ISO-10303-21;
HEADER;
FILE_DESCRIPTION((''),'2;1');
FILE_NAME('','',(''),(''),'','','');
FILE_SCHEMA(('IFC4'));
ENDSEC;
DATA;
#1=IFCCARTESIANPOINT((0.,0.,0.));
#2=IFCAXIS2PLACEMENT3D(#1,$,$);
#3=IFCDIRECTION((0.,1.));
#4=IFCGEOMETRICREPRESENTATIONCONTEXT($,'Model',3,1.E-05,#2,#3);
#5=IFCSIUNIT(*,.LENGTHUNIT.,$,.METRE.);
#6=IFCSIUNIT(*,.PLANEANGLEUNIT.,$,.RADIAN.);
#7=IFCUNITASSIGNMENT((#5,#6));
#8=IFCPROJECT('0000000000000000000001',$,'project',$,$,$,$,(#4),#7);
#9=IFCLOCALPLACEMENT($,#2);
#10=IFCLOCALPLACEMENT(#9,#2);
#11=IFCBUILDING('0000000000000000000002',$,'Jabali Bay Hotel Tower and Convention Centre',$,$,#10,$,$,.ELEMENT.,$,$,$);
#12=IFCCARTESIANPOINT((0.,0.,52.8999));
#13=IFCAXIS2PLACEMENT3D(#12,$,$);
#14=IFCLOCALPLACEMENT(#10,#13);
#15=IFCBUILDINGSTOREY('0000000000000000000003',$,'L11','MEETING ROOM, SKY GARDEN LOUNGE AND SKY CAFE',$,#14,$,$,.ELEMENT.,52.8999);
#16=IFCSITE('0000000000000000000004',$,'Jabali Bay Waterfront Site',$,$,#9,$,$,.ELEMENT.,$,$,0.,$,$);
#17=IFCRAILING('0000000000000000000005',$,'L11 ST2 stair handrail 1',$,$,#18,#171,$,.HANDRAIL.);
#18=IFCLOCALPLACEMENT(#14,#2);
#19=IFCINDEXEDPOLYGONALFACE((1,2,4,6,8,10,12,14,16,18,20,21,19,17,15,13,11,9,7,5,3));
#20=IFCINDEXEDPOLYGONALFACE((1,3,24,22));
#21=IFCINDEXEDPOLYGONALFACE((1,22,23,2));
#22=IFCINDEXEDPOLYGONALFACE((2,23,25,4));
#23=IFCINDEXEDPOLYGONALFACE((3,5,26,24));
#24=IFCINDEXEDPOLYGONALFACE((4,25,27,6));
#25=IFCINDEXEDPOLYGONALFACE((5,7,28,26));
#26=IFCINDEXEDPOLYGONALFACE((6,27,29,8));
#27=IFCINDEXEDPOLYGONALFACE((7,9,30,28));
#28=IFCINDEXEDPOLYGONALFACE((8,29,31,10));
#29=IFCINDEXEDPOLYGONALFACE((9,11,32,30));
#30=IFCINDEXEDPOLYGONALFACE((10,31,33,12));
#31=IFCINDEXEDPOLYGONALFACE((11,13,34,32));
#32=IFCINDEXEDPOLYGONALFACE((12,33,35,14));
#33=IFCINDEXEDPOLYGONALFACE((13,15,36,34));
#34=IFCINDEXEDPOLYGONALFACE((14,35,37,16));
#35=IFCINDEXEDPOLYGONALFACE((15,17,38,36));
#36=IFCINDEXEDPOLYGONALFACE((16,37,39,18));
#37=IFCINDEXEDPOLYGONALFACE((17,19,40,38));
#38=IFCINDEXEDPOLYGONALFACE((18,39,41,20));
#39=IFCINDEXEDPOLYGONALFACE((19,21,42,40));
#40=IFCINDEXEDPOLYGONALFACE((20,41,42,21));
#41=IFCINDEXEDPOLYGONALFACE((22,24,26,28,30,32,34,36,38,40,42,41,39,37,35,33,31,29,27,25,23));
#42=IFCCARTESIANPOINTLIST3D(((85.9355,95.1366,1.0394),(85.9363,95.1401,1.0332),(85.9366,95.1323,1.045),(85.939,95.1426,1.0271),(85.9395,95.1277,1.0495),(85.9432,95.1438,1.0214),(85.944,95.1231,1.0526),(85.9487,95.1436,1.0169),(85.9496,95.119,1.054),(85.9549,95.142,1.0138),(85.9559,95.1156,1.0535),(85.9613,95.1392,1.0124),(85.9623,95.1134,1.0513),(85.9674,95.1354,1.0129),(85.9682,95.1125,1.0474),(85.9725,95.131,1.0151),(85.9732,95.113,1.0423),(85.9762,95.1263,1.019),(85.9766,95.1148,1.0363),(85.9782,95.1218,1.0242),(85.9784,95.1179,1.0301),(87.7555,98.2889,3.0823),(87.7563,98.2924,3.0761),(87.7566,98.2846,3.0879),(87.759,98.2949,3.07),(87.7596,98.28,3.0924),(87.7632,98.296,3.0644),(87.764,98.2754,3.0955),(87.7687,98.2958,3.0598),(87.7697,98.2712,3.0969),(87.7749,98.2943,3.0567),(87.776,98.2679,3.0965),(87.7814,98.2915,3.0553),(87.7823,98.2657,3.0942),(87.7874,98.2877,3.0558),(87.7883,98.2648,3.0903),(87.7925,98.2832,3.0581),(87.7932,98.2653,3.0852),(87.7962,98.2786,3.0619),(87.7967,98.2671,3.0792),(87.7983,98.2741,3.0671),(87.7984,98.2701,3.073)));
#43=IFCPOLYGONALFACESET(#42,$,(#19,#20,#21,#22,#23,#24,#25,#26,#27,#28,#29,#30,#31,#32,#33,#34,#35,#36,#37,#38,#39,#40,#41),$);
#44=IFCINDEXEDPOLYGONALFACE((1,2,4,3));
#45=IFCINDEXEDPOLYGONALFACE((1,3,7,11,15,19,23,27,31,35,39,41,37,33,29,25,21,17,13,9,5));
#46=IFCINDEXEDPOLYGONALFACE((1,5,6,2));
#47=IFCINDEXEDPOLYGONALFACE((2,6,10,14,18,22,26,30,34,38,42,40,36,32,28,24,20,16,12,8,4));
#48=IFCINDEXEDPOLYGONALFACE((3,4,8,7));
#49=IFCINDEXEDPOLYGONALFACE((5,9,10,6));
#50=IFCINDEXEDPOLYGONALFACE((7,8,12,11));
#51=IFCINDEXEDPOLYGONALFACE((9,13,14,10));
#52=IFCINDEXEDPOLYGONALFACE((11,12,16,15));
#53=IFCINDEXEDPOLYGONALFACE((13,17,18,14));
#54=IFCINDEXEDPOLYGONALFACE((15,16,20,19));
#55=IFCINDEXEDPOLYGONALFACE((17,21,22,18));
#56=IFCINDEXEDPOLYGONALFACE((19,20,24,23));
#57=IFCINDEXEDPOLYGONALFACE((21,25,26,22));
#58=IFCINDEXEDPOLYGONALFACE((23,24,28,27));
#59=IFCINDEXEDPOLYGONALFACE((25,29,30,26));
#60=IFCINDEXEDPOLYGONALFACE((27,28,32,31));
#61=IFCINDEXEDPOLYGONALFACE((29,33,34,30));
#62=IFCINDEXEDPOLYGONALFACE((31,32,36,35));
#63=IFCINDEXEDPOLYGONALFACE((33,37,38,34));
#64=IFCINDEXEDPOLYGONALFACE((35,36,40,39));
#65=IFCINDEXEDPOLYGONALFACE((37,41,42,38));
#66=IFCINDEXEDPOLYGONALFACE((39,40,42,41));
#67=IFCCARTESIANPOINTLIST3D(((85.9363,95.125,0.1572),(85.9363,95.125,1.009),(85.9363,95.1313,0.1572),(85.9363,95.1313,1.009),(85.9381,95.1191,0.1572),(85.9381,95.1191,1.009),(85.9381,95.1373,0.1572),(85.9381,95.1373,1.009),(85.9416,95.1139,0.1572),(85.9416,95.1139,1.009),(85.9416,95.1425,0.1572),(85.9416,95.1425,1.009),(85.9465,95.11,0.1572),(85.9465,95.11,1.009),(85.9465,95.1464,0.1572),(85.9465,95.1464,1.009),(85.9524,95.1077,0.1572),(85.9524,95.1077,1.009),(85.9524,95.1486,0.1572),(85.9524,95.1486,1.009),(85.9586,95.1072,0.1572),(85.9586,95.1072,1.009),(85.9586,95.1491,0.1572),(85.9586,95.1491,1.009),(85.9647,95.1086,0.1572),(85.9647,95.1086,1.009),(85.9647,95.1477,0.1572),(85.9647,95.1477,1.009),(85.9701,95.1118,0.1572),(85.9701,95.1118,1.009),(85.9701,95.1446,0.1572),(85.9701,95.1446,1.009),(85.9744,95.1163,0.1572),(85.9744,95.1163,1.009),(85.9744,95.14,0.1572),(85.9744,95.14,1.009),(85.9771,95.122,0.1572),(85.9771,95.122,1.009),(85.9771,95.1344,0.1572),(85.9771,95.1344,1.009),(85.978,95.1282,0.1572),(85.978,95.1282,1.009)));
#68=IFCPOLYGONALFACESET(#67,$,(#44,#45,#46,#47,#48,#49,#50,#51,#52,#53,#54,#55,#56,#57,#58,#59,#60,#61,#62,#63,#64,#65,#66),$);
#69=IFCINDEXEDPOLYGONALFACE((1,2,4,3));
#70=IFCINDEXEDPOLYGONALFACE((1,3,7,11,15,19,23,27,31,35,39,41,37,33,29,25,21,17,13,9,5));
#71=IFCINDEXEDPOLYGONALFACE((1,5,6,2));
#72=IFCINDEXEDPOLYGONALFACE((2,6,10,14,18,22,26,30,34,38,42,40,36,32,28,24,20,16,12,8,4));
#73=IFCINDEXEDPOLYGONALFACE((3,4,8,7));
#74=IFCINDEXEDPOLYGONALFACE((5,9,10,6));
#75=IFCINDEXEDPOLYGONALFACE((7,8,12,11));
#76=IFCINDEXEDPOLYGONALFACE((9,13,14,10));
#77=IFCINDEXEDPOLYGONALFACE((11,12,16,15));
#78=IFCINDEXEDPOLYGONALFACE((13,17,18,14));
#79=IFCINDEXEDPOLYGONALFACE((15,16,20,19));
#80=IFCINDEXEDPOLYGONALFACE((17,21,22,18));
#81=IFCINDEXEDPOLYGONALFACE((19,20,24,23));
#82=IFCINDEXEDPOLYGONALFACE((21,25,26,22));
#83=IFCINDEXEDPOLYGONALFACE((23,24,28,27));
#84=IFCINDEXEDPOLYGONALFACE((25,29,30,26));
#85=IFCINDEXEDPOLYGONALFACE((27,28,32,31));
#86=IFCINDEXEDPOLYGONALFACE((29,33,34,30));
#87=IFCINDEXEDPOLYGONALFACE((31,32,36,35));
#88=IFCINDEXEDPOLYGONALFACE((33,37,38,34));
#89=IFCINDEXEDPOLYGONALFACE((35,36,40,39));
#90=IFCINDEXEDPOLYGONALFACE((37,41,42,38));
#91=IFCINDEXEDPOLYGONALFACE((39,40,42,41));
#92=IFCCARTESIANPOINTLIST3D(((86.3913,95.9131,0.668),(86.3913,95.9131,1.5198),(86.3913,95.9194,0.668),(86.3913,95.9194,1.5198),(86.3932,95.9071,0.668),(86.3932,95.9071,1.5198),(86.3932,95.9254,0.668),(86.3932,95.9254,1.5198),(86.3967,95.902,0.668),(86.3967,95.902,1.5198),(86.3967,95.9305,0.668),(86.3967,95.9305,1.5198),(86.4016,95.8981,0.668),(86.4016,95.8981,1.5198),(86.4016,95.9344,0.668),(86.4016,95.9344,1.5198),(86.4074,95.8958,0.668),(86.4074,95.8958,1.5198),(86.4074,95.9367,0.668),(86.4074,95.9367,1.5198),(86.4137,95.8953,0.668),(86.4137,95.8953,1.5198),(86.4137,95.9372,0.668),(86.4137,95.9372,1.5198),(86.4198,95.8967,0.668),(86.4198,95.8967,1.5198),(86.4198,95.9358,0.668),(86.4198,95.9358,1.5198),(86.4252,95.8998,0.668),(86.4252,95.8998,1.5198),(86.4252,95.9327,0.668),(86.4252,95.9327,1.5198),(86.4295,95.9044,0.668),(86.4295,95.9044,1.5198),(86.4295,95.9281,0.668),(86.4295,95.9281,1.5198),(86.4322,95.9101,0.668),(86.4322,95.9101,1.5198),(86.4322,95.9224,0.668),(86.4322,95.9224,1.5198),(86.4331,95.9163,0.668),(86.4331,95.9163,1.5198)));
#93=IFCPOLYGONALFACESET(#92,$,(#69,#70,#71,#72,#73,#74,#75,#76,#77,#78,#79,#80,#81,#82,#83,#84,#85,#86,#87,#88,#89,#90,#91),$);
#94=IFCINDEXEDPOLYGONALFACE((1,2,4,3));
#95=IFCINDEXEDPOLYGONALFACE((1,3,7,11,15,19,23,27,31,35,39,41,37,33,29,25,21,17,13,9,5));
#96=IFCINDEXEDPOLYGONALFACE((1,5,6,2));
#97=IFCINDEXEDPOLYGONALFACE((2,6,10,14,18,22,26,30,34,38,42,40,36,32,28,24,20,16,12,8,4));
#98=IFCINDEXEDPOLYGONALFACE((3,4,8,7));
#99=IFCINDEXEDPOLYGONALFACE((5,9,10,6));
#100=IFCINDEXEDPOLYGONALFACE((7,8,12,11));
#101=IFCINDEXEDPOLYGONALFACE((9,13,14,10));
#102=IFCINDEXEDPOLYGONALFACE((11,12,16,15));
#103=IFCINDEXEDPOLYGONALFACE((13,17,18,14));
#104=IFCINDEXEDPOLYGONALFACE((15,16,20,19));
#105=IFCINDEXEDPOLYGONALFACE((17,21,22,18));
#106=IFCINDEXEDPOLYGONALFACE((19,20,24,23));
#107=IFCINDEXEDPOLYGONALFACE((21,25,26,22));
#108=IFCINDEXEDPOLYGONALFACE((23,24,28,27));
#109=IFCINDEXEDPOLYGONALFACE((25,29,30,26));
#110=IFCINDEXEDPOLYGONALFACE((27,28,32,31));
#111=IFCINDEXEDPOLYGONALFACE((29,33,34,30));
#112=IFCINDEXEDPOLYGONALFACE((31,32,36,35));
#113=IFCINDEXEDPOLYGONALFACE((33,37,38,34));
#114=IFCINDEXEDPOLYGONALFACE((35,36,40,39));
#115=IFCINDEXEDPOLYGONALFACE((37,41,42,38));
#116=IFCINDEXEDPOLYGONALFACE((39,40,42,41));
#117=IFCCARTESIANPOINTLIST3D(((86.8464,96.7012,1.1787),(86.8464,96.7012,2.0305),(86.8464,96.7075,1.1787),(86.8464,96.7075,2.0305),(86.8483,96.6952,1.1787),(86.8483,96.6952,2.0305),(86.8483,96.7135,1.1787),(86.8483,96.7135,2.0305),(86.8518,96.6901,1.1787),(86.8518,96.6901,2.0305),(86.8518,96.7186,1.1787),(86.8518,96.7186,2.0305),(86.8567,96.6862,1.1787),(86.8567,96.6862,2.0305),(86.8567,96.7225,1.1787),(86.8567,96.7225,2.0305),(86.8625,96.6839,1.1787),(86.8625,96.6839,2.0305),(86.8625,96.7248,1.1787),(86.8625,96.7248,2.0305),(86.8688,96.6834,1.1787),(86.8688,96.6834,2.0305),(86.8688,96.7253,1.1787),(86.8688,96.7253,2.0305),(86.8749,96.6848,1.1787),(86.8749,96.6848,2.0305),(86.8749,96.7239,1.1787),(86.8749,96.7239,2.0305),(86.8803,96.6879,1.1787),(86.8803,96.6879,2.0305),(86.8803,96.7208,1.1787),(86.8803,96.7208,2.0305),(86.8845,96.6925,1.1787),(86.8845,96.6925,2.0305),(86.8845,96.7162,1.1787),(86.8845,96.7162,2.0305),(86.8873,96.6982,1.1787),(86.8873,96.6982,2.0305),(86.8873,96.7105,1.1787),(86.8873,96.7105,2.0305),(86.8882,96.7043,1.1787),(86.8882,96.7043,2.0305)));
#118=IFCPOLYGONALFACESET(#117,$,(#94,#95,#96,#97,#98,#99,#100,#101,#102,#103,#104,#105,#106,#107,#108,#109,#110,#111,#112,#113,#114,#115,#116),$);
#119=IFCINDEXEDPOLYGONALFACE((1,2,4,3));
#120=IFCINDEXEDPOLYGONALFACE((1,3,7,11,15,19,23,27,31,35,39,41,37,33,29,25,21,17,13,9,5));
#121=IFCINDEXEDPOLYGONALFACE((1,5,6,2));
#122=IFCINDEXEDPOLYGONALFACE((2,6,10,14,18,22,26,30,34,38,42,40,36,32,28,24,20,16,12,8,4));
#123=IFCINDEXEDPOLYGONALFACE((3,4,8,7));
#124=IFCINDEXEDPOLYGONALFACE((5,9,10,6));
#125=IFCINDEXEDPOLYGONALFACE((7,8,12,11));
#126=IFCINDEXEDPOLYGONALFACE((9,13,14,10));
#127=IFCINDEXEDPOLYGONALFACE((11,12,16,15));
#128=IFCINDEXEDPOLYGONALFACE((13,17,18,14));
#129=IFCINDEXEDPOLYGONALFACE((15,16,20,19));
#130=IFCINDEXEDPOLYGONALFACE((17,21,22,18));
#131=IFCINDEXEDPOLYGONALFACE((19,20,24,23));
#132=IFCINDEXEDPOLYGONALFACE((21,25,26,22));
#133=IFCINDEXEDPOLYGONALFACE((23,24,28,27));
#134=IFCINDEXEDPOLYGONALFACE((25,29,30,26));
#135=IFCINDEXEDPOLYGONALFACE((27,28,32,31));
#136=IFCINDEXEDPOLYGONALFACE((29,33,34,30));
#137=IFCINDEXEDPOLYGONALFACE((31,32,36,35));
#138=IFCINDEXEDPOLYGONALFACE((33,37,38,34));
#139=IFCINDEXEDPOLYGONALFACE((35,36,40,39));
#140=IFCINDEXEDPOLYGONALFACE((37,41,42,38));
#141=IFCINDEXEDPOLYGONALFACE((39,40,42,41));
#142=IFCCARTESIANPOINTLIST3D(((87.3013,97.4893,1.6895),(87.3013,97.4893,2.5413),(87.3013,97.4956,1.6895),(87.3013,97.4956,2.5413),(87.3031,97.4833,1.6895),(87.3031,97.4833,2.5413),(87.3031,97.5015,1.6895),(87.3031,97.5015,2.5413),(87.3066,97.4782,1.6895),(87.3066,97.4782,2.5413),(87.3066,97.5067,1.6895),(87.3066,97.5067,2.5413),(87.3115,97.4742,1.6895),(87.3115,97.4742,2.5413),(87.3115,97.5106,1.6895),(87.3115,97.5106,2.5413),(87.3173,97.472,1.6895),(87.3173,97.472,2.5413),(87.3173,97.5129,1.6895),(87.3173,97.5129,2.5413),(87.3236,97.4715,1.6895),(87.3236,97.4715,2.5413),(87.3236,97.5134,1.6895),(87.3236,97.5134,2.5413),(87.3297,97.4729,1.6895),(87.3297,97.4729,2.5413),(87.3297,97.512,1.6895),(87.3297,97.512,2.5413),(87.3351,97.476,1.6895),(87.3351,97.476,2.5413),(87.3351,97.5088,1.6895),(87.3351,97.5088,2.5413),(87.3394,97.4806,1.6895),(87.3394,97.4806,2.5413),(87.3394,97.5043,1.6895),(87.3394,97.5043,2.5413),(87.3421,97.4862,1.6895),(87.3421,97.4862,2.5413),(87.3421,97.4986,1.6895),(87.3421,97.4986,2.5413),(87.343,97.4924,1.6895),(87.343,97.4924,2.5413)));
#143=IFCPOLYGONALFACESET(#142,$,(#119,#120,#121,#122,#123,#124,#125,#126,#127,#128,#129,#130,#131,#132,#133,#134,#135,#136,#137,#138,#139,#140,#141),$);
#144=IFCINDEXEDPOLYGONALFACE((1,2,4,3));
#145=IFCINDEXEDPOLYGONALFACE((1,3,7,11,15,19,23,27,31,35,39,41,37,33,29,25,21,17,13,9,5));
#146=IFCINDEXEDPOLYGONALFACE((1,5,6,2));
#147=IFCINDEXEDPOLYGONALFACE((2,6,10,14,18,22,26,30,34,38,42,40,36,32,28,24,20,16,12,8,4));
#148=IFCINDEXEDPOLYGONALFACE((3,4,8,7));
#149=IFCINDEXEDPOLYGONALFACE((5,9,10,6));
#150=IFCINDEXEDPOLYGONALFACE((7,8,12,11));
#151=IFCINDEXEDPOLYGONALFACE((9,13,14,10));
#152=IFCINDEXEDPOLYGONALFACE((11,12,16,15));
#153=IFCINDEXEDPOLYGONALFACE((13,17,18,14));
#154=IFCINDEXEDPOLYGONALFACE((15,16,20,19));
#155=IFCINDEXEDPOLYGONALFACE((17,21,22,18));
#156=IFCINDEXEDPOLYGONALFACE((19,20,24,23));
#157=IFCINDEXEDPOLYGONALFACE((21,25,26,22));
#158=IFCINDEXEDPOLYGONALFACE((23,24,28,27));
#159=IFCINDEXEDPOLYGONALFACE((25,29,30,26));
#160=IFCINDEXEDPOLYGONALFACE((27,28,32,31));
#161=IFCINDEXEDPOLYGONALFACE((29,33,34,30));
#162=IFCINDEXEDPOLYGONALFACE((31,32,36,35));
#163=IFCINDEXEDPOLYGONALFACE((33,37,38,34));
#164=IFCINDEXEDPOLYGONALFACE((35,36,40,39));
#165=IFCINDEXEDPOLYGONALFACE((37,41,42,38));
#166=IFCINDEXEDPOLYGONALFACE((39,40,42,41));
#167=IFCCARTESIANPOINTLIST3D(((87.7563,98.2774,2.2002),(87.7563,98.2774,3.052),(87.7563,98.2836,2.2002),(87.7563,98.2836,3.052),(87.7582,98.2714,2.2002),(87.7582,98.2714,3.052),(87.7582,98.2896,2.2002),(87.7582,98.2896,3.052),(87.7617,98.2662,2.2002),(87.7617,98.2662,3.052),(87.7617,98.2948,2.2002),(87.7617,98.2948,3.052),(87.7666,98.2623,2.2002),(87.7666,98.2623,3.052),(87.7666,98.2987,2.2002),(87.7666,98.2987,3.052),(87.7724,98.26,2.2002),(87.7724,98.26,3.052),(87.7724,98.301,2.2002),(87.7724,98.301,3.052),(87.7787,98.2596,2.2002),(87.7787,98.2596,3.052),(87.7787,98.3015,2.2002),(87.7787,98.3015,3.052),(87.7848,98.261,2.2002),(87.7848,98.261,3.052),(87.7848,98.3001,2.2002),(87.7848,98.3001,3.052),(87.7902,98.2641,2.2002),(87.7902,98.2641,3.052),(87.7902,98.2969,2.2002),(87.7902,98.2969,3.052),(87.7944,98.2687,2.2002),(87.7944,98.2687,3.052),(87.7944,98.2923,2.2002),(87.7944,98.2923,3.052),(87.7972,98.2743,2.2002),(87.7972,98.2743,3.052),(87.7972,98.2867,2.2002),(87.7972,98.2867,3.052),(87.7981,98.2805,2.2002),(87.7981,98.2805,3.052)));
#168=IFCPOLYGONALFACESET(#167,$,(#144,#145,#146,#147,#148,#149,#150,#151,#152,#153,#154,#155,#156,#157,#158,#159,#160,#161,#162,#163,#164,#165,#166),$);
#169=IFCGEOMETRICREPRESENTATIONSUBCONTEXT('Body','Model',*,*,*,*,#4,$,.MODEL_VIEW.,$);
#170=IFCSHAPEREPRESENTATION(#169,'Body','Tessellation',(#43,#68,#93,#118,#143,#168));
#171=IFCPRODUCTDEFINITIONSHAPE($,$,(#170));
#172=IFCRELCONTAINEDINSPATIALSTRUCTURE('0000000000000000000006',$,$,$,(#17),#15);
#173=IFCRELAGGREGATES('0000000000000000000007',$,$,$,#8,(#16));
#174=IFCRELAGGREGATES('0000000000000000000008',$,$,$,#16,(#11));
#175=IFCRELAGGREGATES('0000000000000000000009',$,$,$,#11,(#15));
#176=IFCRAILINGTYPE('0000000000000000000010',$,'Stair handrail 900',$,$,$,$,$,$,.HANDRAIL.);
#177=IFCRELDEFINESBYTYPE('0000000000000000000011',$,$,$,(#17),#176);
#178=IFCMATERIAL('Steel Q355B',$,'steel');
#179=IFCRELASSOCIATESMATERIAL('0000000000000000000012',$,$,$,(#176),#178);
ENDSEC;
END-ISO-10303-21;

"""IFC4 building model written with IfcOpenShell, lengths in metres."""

from ifc_helpers import new_model, si_unit, direction, frame, origin, origin_2d, place, context, subcontext, project, spatial, circle, extrude, material, type_object, element, save


model = new_model("IFC4")

# Units and contexts
model_context = context("Model", 3, precision=1e-05, world=origin(), true_north=direction((0.0, 1.0)))
body_context = subcontext(model_context, "Body", "Model", "MODEL_VIEW")
ifc_project = project(units=[si_unit("LENGTHUNIT", "METRE"), si_unit("PLANEANGLEUNIT", "RADIAN")], contexts=[model_context])

# Site, building, storey
site_placement = place(None, origin())
site = spatial("IfcSite", under=ifc_project, at=site_placement, Name="Jabali Bay Waterfront Site", CompositionType="ELEMENT", RefElevation=0.0)
building_placement = place(site_placement, origin())
building = spatial("IfcBuilding", under=site, at=building_placement, Name="Jabali Bay Hotel Tower and Convention Centre", CompositionType="ELEMENT")
storey_placement = place(building_placement, frame((0.0, 0.0, 52.8999)))
storey = spatial("IfcBuildingStorey", under=building, at=storey_placement, Name="L11", Description="MEETING ROOM, SKY GARDEN LOUNGE AND SKY CAFE", CompositionType="ELEMENT", Elevation=52.8999)

# Railing
ifc_material_1 = material(Name="Steel Q355B", Category="steel")
railing_type_1 = type_object("IfcRailingType", Name="Stair handrail 900", PredefinedType="HANDRAIL", material=ifc_material_1)
railing_1_placement = place(storey_placement, frame((85.957, 95.1282, 0.1572)))
element("IfcRailing", 1, at=railing_1_placement, inside=storey, type_object=railing_type_1, Name="L11 ST2 stair handrail 1", PredefinedType="HANDRAIL", context=body_context, shape_type="SweptSolid", body=[
    extrude(circle(Radius=0.0239, at=origin_2d()), frame((0.0, 0.0, 0.876), z_axis=(0.436032, 0.755204, 0.489432), x_axis=(-0.866018, 0.500013, 0.0)), (0.0, 0.0, 1.0), 4.1741),
    extrude(circle(Radius=0.021, at=origin_2d()), origin(), (0.0, 0.0, 1.0), 0.8518),
    extrude(circle(Radius=0.021, at=origin_2d()), frame((0.4551, 0.7881, 0.5107)), (0.0, 0.0, 1.0), 0.8518),
    extrude(circle(Radius=0.021, at=origin_2d()), frame((0.9102, 1.5762, 1.0215)), (0.0, 0.0, 1.0), 0.8518),
    extrude(circle(Radius=0.021, at=origin_2d()), frame((1.365, 2.3643, 1.5322)), (0.0, 0.0, 1.0), 0.8518),
    extrude(circle(Radius=0.021, at=origin_2d()), frame((1.8201, 3.1523, 2.043)), (0.0, 0.0, 1.0), 0.8518),
])

save(model, "model.ifc")
